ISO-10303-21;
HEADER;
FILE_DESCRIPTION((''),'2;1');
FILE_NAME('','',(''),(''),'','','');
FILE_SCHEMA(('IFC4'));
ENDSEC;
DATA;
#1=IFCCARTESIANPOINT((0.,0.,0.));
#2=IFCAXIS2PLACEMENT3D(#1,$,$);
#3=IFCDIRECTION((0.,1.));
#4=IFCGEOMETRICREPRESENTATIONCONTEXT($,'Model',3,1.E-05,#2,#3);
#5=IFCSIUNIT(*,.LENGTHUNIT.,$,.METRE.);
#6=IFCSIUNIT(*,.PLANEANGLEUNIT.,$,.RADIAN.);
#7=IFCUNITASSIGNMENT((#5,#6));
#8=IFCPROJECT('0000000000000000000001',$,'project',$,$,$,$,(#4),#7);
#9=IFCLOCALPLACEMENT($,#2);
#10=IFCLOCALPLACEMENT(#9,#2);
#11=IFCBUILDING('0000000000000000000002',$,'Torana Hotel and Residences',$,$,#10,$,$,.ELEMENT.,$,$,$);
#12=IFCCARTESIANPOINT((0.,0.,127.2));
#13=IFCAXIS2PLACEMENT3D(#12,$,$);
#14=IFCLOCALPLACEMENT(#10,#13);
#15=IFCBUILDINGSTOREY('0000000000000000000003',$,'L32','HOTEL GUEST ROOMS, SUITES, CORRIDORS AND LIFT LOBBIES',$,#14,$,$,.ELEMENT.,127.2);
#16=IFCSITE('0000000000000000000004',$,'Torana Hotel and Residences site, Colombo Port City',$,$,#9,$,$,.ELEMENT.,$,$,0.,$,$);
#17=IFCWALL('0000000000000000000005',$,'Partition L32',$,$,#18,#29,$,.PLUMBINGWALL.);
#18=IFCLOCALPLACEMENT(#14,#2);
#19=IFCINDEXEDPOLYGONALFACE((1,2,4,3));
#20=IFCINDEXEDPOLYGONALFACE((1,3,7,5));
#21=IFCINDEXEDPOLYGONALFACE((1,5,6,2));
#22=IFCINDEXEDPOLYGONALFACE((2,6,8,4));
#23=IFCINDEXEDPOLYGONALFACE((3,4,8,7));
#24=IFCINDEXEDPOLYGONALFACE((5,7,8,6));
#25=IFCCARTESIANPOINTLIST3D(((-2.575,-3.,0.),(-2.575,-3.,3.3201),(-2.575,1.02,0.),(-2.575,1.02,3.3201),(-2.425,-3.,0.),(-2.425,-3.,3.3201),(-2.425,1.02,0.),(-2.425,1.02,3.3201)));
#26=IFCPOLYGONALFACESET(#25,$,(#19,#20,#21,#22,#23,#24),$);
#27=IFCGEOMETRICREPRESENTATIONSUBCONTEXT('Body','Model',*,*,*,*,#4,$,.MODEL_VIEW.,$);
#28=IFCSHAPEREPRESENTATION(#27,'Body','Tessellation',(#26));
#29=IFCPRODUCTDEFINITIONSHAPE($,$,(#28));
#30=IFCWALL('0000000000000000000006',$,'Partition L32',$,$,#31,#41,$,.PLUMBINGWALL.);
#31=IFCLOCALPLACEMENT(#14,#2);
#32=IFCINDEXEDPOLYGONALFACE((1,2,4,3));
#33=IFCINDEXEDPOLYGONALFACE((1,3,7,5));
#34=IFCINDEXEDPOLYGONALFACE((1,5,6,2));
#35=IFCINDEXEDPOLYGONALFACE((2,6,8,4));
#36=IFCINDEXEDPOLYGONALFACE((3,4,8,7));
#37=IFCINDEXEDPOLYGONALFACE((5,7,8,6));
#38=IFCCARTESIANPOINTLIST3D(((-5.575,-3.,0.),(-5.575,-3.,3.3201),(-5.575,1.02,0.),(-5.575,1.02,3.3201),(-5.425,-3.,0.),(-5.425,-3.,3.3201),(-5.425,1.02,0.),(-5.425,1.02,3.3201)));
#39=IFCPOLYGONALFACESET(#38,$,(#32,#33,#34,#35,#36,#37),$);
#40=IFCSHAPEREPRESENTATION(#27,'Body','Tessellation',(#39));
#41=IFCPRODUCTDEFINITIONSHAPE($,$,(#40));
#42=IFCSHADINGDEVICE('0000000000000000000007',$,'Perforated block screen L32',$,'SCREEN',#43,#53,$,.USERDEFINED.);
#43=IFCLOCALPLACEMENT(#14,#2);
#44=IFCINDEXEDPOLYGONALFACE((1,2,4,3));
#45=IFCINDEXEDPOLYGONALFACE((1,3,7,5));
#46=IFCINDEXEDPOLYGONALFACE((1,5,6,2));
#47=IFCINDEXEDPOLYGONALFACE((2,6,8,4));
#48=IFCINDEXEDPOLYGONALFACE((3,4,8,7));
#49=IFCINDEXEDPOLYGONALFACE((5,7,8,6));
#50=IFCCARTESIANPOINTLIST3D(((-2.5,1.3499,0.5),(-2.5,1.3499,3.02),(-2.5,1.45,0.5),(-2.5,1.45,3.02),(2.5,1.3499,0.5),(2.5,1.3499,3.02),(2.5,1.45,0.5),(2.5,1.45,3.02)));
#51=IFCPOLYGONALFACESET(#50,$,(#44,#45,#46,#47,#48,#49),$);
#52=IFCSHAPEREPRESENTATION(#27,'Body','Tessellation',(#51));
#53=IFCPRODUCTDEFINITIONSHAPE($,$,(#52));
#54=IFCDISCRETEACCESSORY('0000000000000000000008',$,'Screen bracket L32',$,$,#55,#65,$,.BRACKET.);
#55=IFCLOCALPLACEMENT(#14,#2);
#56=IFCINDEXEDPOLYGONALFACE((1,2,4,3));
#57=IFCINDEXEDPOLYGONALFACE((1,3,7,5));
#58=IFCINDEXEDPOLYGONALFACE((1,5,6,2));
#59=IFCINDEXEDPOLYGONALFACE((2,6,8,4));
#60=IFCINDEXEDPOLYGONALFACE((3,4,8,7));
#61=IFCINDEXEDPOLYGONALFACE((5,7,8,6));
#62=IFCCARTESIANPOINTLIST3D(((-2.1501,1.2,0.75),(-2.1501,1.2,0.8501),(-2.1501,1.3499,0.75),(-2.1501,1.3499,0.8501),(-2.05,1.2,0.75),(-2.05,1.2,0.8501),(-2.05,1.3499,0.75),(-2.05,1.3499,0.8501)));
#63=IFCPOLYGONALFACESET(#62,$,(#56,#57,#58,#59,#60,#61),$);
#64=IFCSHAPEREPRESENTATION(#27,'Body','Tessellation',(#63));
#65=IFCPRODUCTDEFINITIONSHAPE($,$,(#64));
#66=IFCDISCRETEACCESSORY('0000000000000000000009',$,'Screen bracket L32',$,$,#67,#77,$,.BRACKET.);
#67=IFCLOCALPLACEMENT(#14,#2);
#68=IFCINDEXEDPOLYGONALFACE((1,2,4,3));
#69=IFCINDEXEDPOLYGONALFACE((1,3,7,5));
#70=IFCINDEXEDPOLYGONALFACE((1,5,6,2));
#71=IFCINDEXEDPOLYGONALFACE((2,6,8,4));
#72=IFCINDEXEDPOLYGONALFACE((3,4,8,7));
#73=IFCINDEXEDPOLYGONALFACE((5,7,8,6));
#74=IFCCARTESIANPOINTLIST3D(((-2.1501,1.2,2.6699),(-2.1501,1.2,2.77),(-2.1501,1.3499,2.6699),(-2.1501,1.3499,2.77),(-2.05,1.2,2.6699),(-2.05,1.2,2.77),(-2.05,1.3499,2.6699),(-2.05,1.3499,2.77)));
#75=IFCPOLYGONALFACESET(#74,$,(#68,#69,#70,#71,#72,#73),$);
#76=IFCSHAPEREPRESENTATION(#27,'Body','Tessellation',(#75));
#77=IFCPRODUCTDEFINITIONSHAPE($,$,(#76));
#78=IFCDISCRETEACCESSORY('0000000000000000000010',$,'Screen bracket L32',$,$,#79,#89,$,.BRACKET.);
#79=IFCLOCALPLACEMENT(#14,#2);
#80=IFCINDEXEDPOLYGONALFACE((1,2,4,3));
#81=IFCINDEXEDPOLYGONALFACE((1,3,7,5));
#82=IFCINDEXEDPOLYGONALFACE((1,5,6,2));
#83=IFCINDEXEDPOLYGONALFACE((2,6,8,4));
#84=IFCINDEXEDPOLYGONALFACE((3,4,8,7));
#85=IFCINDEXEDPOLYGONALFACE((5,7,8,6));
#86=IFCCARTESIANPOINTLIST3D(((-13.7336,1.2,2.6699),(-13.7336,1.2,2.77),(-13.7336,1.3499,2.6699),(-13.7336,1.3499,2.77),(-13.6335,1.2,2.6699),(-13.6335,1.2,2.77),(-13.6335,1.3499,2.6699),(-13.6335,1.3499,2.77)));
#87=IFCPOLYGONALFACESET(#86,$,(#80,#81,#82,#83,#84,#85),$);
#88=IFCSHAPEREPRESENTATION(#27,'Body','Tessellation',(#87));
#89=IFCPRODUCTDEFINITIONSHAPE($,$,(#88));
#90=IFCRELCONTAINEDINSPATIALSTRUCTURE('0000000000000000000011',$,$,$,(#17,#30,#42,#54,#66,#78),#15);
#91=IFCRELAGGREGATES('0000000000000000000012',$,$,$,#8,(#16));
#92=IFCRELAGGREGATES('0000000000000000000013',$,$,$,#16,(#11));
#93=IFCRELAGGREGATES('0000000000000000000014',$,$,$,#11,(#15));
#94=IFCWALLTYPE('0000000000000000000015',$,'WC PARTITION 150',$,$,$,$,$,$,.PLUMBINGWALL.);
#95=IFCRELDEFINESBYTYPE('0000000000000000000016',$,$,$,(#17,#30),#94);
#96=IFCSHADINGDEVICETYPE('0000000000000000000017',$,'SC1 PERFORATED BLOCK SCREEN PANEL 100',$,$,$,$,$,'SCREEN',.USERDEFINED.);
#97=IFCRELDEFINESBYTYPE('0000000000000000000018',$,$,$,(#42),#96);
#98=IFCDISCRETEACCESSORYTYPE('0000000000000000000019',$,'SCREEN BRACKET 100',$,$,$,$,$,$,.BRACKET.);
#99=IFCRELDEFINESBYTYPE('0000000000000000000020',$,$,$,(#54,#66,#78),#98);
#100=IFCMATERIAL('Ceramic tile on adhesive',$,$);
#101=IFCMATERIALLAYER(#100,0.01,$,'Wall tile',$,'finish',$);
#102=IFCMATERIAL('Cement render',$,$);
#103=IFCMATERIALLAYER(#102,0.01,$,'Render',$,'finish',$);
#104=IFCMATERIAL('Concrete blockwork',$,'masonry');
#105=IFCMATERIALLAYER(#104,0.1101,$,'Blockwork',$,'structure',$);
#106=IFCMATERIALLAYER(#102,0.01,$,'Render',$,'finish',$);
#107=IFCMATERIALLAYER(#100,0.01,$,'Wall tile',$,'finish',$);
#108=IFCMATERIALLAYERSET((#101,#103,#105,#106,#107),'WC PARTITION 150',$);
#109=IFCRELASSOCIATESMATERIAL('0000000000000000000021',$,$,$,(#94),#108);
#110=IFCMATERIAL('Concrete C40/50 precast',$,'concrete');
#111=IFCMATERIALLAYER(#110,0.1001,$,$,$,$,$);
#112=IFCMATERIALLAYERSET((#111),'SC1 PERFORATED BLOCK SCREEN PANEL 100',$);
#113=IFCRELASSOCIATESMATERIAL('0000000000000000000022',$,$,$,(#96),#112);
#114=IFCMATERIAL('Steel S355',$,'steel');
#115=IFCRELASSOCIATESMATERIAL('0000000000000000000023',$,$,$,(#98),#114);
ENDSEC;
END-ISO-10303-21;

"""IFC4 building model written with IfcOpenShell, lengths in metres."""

from ifc_helpers import new_model, si_unit, direction, frame, frame_2d, origin, origin_2d, place, context, subcontext, project, spatial, rectangle, extrude, material, layer, layer_set, type_object, element, save


model = new_model("IFC4")

# Units and contexts
model_context = context("Model", 3, precision=1e-05, world=origin(), true_north=direction((0.0, 1.0)))
body_context = subcontext(model_context, "Body", "Model", "MODEL_VIEW")
ifc_project = project(units=[si_unit("LENGTHUNIT", "METRE"), si_unit("PLANEANGLEUNIT", "RADIAN")], contexts=[model_context])

# Site, building, storey
site_placement = place(None, origin())
site = spatial("IfcSite", under=ifc_project, at=site_placement, Name="Torana Hotel and Residences site, Colombo Port City", CompositionType="ELEMENT", RefElevation=0.0)
building_placement = place(site_placement, origin())
building = spatial("IfcBuilding", under=site, at=building_placement, Name="Torana Hotel and Residences", CompositionType="ELEMENT")
storey_placement = place(building_placement, frame((0.0, 0.0, 127.2)))
storey = spatial("IfcBuildingStorey", under=building, at=storey_placement, Name="L32", Description="HOTEL GUEST ROOMS, SUITES, CORRIDORS AND LIFT LOBBIES", CompositionType="ELEMENT", Elevation=127.2)

# Walls
ifc_material_1 = material(Name="Ceramic tile on adhesive")
ifc_layer_1 = layer(ifc_material_1, 0.01, Name="Wall tile", Category="finish")
ifc_material_2 = material(Name="Cement render")
ifc_layer_2 = layer(ifc_material_2, 0.01, Name="Render", Category="finish")
ifc_material_3 = material(Name="Concrete blockwork", Category="masonry")
ifc_layer_3 = layer(ifc_material_3, 0.1101, Name="Blockwork", Category="structure")
ifc_layer_4 = layer(ifc_material_2, 0.01, Name="Render", Category="finish")
ifc_layer_5 = layer(ifc_material_1, 0.01, Name="Wall tile", Category="finish")
ifc_layer_set_1 = layer_set([ifc_layer_1, ifc_layer_2, ifc_layer_3, ifc_layer_4, ifc_layer_5], Name="WC PARTITION 150")
wall_type_1 = type_object("IfcWallType", Name="WC PARTITION 150", PredefinedType="PLUMBINGWALL", material=ifc_layer_set_1)
for number, where, z_axis, x_axis, name in (
    (1, (-2.5, -3.0, 0.0), (0.0, 0.0, 1.0), (0.0, 1.0, 0.0), "Partition L32"),
    (2, (-5.5, -3.0, 0.0), (0.0, 0.0, 1.0), (0.0, 1.0, 0.0), "Partition L32"),
):
    element("IfcWall", number, at=place(storey_placement, frame(where, z_axis=z_axis, x_axis=x_axis)), inside=storey, type_object=wall_type_1, Name=name, PredefinedType="PLUMBINGWALL", context=body_context, shape_type="SweptSolid", body=[
        extrude(rectangle(XDim=4.02, YDim=0.1499, at=frame_2d((2.01, 0.0))), origin(), (0.0, 0.0, 1.0), 3.3201),
    ])

# Shading device
ifc_material_4 = material(Name="Concrete C40/50 precast", Category="concrete")
ifc_layer_6 = layer(ifc_material_4, 0.1001)
ifc_layer_set_2 = layer_set([ifc_layer_6], Name="SC1 PERFORATED BLOCK SCREEN PANEL 100")
shading_device_type = type_object("IfcShadingDeviceType", Name="SC1 PERFORATED BLOCK SCREEN PANEL 100", ElementType="SCREEN", PredefinedType="USERDEFINED", material=ifc_layer_set_2)
shading_device_placement = place(storey_placement, frame((0.0, 1.3999, 0.5), z_axis=(0.0, 0.0, 1.0), x_axis=(-1.0, 0.0, 0.0)))
element("IfcShadingDevice", 3, at=shading_device_placement, inside=storey, type_object=shading_device_type, Name="Perforated block screen L32", ObjectType="SCREEN", PredefinedType="USERDEFINED", context=body_context, shape_type="SweptSolid", body=[
    extrude(rectangle(XDim=5.0, YDim=0.1001, at=origin_2d()), origin(), (0.0, 0.0, 1.0), 2.52),
])

# Discrete accessories
ifc_material_5 = material(Name="Steel S355", Category="steel")
discrete_accessory_type = type_object("IfcDiscreteAccessoryType", Name="SCREEN BRACKET 100", PredefinedType="BRACKET", material=ifc_material_5)
for number, where, z_axis, x_axis, name in (
    (4, (-2.1001, 1.2749, 0.75), (0.0, 0.0, 1.0), (-1.0, 0.0, 0.0), "Screen bracket L32"),
    (5, (-2.1001, 1.2749, 2.6699), (0.0, 0.0, 1.0), (-1.0, 0.0, 0.0), "Screen bracket L32"),
    (6, (-13.6836, 1.2749, 2.6699), (0.0, 0.0, 1.0), (-1.0, 0.0, 0.0), "Screen bracket L32"),
):
    element("IfcDiscreteAccessory", number, at=place(storey_placement, frame(where, z_axis=z_axis, x_axis=x_axis)), inside=storey, type_object=discrete_accessory_type, Name=name, PredefinedType="BRACKET", context=body_context, shape_type="SweptSolid", body=[
        extrude(rectangle(XDim=0.1001, YDim=0.1499, at=origin_2d()), origin(), (0.0, 0.0, 1.0), 0.1001),
    ])

save(model, "model.ifc")
